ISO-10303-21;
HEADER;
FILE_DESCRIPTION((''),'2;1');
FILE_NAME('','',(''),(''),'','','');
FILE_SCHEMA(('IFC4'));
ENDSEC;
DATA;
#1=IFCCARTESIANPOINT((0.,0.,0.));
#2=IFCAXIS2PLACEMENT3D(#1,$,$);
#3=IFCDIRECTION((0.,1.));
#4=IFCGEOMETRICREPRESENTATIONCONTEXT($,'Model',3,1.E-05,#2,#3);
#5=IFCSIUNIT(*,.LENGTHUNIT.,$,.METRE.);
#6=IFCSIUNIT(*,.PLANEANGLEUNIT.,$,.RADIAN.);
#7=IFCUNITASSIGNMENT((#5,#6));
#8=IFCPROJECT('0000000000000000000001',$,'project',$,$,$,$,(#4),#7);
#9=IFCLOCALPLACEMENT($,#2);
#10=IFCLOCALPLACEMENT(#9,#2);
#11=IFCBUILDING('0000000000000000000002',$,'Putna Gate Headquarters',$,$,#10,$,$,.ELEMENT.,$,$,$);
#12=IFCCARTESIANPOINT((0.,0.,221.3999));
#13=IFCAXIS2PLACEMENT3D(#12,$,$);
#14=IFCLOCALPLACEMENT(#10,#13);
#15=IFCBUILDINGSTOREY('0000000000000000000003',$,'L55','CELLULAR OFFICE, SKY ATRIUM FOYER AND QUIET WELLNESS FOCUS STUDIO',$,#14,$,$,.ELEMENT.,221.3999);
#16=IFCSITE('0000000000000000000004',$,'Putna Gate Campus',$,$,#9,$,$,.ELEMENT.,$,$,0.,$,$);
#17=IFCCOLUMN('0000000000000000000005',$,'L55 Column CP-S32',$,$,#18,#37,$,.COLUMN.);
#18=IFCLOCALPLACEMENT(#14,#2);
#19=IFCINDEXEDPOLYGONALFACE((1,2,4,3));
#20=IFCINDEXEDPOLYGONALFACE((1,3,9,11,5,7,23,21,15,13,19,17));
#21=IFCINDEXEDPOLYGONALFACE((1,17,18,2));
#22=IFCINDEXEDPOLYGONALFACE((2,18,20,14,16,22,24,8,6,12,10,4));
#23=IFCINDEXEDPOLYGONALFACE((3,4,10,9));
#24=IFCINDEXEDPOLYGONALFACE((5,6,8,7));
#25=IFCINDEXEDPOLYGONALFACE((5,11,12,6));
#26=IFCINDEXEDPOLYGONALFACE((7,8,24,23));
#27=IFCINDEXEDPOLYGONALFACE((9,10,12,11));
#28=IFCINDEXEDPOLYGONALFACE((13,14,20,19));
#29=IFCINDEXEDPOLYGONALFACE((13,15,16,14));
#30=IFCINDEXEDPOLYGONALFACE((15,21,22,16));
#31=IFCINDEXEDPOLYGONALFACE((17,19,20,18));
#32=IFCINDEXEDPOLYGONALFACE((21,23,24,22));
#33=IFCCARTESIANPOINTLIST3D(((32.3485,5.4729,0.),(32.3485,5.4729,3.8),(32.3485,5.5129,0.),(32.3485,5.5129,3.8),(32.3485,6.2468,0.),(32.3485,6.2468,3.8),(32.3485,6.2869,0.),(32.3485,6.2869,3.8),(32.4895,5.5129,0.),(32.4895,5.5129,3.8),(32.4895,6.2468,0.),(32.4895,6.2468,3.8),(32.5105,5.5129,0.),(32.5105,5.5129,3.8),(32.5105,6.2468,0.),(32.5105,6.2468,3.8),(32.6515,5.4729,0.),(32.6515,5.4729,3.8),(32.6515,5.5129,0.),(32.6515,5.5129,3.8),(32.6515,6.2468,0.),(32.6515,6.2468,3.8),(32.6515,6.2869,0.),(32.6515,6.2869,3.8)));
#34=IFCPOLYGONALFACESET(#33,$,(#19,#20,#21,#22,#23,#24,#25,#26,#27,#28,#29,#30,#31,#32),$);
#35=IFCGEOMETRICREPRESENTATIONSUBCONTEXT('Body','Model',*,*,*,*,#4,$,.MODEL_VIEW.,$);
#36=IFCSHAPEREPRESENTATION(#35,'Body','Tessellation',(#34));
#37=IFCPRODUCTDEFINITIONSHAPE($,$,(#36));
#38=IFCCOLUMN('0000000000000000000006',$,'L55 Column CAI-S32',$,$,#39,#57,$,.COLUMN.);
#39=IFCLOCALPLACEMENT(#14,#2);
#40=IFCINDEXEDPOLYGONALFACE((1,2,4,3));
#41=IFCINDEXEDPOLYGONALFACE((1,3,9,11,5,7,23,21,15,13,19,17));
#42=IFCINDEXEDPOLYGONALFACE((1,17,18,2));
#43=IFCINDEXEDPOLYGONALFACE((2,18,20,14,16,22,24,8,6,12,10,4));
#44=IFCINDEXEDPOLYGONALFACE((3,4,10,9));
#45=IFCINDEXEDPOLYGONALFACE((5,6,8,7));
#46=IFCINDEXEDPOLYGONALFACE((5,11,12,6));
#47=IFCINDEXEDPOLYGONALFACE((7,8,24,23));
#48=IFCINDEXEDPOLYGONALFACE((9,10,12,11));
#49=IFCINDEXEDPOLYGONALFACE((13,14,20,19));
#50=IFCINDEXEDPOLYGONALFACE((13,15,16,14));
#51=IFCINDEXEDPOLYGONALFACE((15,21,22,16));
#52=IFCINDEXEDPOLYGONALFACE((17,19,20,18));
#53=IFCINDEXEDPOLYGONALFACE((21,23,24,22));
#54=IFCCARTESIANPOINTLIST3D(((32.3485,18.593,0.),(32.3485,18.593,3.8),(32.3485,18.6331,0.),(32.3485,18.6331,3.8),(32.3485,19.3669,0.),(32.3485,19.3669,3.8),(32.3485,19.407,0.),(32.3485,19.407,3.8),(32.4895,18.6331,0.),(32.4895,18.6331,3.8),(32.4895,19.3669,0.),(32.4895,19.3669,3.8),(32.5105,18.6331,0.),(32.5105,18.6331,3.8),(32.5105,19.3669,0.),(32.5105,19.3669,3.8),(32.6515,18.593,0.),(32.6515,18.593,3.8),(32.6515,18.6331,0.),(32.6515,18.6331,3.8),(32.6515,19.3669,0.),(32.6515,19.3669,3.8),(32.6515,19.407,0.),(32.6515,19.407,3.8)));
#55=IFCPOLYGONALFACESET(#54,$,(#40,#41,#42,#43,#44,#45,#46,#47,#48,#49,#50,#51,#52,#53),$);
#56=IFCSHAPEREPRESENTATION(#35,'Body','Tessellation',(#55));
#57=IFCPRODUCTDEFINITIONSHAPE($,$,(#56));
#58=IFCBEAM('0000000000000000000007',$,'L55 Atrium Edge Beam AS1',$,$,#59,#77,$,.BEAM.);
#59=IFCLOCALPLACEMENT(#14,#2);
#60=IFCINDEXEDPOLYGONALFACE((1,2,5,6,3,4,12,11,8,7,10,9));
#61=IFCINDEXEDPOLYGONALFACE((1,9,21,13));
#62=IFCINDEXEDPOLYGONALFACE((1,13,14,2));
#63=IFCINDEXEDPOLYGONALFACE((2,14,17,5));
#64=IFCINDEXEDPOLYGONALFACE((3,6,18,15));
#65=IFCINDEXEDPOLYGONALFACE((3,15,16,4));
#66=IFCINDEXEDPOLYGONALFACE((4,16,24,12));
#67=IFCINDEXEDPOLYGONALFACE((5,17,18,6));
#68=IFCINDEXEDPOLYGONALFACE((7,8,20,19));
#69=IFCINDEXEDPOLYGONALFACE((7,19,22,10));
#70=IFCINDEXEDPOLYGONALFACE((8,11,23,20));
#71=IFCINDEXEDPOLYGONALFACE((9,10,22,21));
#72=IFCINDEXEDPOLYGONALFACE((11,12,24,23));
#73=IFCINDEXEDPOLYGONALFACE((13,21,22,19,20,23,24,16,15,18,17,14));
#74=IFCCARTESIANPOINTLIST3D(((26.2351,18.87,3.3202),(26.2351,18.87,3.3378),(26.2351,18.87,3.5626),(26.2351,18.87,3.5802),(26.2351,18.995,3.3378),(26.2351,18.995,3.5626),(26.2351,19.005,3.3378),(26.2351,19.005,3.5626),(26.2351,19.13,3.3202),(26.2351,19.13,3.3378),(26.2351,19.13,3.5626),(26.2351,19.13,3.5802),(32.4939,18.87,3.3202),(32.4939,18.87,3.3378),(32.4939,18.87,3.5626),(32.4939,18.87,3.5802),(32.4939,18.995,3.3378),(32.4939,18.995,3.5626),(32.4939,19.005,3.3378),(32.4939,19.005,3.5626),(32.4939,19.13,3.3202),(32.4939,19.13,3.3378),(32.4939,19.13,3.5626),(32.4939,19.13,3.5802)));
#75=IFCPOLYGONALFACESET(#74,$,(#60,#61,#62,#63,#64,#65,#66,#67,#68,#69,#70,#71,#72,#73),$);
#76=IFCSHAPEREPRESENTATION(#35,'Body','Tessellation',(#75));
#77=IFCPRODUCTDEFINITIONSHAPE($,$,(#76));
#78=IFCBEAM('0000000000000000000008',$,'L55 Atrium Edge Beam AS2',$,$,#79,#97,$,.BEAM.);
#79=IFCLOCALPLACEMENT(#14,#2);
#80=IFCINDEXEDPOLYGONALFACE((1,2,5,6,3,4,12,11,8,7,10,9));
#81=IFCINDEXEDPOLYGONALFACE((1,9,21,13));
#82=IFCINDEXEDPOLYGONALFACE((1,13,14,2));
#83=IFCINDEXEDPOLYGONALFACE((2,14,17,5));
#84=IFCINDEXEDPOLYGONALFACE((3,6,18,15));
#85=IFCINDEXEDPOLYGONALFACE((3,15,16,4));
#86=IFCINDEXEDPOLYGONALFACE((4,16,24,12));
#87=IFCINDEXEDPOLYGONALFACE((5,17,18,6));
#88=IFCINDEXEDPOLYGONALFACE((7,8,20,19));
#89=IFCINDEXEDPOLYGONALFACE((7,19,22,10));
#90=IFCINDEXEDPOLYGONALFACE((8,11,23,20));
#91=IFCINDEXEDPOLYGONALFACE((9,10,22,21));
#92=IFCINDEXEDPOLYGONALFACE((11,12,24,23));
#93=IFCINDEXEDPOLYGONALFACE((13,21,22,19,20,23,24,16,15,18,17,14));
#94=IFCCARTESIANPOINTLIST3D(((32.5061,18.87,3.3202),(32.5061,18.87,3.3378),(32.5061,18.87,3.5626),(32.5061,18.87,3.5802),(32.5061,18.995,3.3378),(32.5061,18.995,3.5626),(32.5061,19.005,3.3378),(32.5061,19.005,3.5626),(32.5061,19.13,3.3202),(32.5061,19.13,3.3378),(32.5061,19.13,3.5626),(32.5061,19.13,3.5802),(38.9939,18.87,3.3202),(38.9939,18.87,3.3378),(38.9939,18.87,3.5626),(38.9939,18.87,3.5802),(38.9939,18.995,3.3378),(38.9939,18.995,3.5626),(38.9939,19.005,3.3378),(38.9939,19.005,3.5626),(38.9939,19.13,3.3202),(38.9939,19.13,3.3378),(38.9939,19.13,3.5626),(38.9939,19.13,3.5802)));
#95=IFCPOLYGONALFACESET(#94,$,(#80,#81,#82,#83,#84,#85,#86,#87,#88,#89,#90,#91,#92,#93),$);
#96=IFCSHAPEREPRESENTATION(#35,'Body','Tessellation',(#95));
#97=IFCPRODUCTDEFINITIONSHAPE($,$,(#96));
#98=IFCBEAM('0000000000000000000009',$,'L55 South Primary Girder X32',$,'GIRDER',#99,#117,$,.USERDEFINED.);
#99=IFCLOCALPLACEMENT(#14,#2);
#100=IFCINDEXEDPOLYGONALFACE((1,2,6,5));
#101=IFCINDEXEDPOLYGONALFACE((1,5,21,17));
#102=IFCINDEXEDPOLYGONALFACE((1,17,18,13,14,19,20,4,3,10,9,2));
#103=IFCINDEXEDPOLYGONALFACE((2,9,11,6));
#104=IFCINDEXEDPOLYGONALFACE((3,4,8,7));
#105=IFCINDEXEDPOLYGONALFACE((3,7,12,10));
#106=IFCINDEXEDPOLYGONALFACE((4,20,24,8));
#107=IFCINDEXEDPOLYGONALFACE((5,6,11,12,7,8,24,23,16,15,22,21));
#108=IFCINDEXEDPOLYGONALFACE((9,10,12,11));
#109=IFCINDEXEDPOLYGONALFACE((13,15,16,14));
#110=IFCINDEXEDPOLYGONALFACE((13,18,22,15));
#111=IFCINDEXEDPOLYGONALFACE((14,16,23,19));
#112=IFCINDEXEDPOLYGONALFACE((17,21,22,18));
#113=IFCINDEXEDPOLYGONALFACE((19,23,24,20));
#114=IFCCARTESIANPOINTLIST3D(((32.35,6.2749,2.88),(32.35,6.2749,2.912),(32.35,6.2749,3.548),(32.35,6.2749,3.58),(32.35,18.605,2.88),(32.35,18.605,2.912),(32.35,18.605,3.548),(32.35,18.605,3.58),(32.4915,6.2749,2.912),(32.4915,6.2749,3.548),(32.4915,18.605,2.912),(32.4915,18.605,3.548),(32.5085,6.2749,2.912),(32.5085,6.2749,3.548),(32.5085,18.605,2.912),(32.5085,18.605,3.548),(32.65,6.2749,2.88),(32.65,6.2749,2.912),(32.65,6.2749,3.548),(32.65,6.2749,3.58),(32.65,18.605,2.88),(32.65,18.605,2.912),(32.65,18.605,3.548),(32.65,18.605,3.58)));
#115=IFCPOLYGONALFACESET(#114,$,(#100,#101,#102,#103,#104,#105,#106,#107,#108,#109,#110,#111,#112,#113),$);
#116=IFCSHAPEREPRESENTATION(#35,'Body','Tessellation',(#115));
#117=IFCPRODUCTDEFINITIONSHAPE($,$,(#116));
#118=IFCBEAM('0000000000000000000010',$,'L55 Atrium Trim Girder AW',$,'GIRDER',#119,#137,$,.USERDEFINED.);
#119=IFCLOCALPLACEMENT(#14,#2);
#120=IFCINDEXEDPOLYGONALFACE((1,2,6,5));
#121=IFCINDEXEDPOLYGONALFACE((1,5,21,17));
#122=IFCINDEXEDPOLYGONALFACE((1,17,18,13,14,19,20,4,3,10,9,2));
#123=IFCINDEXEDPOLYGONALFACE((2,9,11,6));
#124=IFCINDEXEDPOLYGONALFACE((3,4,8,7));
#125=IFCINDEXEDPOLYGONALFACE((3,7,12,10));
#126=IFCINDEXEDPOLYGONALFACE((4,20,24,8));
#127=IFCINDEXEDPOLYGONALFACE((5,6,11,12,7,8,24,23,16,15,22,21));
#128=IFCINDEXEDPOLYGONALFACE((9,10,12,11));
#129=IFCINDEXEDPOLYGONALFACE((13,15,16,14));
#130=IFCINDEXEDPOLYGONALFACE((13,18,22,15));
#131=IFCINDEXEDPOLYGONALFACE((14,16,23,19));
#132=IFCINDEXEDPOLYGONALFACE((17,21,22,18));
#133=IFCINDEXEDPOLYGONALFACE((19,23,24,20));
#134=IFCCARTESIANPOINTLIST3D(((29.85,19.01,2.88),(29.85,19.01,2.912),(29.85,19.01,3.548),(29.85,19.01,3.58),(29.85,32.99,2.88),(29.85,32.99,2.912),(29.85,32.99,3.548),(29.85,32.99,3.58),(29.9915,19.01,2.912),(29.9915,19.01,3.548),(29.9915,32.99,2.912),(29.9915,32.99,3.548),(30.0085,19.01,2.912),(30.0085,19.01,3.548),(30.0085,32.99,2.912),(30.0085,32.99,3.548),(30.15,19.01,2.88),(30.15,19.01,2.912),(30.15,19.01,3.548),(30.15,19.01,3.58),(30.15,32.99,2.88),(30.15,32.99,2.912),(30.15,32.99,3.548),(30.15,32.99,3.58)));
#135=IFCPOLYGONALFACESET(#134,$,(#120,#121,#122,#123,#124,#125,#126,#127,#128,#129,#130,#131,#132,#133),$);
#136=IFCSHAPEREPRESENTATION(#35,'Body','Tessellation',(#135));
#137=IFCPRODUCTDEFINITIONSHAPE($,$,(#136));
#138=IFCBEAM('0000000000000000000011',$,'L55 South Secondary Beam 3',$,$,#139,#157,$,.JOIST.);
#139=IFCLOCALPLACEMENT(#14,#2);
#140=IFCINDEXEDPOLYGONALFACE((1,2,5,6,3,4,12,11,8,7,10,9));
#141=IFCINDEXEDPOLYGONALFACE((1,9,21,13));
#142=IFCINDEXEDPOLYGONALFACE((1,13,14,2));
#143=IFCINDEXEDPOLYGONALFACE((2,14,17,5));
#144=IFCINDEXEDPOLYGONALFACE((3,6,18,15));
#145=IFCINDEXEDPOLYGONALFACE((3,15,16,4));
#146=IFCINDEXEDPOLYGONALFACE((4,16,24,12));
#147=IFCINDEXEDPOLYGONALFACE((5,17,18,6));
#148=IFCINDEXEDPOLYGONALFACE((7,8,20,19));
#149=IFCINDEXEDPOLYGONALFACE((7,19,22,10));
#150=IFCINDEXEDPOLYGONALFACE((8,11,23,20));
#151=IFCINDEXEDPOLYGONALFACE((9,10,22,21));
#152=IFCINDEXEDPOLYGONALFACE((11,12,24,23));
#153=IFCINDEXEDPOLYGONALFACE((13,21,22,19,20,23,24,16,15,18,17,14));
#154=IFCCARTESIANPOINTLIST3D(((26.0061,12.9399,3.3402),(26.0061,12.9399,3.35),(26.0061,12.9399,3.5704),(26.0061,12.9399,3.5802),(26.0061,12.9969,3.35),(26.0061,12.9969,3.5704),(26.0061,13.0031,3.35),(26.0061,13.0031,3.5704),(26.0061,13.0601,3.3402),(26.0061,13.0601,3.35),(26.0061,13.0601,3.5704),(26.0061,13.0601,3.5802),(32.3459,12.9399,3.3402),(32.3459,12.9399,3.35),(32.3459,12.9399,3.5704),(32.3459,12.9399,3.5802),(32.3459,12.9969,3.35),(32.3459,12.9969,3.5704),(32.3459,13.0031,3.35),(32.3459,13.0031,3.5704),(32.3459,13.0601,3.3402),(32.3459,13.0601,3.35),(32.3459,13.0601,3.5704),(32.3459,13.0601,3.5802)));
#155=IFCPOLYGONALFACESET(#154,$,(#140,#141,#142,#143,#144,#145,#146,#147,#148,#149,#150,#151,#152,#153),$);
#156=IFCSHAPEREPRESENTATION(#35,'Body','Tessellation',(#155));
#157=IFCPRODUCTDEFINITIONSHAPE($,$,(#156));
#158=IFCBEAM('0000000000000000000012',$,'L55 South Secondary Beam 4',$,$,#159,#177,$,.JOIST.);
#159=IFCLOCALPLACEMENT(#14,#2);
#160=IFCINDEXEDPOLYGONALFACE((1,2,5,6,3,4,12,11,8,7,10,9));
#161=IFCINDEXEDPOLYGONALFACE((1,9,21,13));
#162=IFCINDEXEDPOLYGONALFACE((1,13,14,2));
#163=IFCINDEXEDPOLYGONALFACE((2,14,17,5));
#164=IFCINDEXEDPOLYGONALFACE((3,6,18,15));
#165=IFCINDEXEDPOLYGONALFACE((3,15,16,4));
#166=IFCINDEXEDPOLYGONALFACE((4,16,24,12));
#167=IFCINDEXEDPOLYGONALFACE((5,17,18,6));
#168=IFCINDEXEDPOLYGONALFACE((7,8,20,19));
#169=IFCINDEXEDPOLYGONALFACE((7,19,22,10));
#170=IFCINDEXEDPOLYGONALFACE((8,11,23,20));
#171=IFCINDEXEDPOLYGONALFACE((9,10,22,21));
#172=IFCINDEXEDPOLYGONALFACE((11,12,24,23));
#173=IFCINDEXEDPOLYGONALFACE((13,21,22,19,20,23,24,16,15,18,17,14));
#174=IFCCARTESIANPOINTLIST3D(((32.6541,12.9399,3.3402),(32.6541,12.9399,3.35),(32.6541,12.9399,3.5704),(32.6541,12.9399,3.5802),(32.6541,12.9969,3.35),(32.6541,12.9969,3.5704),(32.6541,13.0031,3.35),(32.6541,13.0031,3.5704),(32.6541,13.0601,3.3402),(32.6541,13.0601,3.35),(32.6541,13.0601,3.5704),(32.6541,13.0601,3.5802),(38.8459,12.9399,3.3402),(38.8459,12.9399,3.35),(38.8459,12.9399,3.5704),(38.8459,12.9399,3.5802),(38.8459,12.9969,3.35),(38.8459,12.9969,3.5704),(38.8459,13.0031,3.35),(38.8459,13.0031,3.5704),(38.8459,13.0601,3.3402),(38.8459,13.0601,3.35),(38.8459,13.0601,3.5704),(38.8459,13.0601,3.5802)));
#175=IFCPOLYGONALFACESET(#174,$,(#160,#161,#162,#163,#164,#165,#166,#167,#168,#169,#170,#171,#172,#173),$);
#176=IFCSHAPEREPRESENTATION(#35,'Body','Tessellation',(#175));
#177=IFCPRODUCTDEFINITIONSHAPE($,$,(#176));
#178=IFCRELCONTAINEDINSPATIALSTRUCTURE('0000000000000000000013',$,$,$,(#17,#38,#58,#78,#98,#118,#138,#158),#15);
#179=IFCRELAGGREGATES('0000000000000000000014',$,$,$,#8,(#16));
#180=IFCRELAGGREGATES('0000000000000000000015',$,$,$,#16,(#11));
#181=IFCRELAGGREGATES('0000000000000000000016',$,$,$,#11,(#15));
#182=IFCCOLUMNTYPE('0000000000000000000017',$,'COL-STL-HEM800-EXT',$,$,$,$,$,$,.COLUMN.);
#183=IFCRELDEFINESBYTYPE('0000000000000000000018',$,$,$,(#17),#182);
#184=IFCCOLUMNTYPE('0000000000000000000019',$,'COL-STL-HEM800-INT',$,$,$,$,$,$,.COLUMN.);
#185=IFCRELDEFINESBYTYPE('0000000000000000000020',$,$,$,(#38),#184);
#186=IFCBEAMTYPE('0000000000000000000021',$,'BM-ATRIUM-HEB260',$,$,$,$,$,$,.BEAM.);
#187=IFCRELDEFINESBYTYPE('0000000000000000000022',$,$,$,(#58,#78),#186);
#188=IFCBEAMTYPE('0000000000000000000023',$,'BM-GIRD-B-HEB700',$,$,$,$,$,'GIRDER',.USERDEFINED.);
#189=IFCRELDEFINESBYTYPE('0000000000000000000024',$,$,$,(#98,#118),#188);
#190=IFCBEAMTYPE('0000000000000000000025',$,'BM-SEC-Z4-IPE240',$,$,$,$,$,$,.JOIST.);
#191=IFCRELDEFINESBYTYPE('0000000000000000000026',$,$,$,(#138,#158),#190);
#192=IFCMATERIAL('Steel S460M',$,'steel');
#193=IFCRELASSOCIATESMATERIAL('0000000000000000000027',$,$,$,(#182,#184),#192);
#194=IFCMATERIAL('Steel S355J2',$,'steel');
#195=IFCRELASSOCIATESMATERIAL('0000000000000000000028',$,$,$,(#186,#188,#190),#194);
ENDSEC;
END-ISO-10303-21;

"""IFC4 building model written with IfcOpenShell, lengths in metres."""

from ifc_helpers import new_model, si_unit, direction, frame, origin, origin_2d, place, context, subcontext, project, spatial, i_section, extrude, material, material_profile, profile_set, type_object, element, save


model = new_model("IFC4")

# Units and contexts
model_context = context("Model", 3, precision=1e-05, world=origin(), true_north=direction((0.0, 1.0)))
body_context = subcontext(model_context, "Body", "Model", "MODEL_VIEW")
ifc_project = project(units=[si_unit("LENGTHUNIT", "METRE"), si_unit("PLANEANGLEUNIT", "RADIAN")], contexts=[model_context])

# Site, building, storey
site_placement = place(None, origin())
site = spatial("IfcSite", under=ifc_project, at=site_placement, Name="Putna Gate Campus", CompositionType="ELEMENT", RefElevation=0.0)
building_placement = place(site_placement, origin())
building = spatial("IfcBuilding", under=site, at=building_placement, Name="Putna Gate Headquarters", CompositionType="ELEMENT")
storey_placement = place(building_placement, frame((0.0, 0.0, 221.3999)))
storey = spatial("IfcBuildingStorey", under=building, at=storey_placement, Name="L55", Description="CELLULAR OFFICE, SKY ATRIUM FOYER AND QUIET WELLNESS FOCUS STUDIO", CompositionType="ELEMENT", Elevation=221.3999)

# Columns
ifc_material_1 = material(Name="Steel S460M", Category="steel")
ifc_material_profile_1 = material_profile(ifc_material_1, i_section(OverallWidth=0.303, OverallDepth=0.814, WebThickness=0.021, FlangeThickness=0.04, at=origin_2d()), Name="Steel S460M")
ifc_profile_set_1 = profile_set([ifc_material_profile_1], Name="Steel S460M")
column_type_1 = type_object("IfcColumnType", Name="COL-STL-HEM800-EXT", PredefinedType="COLUMN", material=ifc_profile_set_1)
column_1_placement = place(storey_placement, frame((32.5, 5.8799, 0.0), z_axis=(0.0, 0.0, 1.0), x_axis=(1.0, 0.0, 0.0)))
element("IfcColumn", 1, at=column_1_placement, inside=storey, type_object=column_type_1, Name="L55 Column CP-S32", PredefinedType="COLUMN", context=body_context, shape_type="SweptSolid", body=[
    extrude(i_section(OverallWidth=0.303, OverallDepth=0.814, WebThickness=0.021, FlangeThickness=0.04, at=origin_2d()), origin(), (0.0, 0.0, 1.0), 3.8),
])
ifc_material_profile_2 = material_profile(ifc_material_1, i_section(OverallWidth=0.303, OverallDepth=0.814, WebThickness=0.021, FlangeThickness=0.04, at=origin_2d()), Name="Steel S460M")
ifc_profile_set_2 = profile_set([ifc_material_profile_2], Name="Steel S460M")
column_type_2 = type_object("IfcColumnType", Name="COL-STL-HEM800-INT", PredefinedType="COLUMN", material=ifc_profile_set_2)
column_2_placement = place(storey_placement, frame((32.5, 19.0, 0.0), z_axis=(0.0, 0.0, 1.0), x_axis=(1.0, 0.0, 0.0)))
element("IfcColumn", 2, at=column_2_placement, inside=storey, type_object=column_type_2, Name="L55 Column CAI-S32", PredefinedType="COLUMN", context=body_context, shape_type="SweptSolid", body=[
    extrude(i_section(OverallWidth=0.303, OverallDepth=0.814, WebThickness=0.021, FlangeThickness=0.04, at=origin_2d()), origin(), (0.0, 0.0, 1.0), 3.8),
])

# Beams
ifc_material_2 = material(Name="Steel S355J2", Category="steel")
ifc_material_profile_3 = material_profile(ifc_material_2, i_section(OverallWidth=0.26, OverallDepth=0.26, WebThickness=0.01, FlangeThickness=0.0176, at=origin_2d()), Name="Steel S355J2")
ifc_profile_set_3 = profile_set([ifc_material_profile_3], Name="Steel S355J2")
beam_type_1 = type_object("IfcBeamType", Name="BM-ATRIUM-HEB260", PredefinedType="BEAM", material=ifc_profile_set_3)
beam_1_placement = place(storey_placement, frame((26.2351, 19.0, 3.4502), z_axis=(1.0, 0.0, 0.0), x_axis=(0.0, 1.0, 0.0)))
element("IfcBeam", 3, at=beam_1_placement, inside=storey, type_object=beam_type_1, Name="L55 Atrium Edge Beam AS1", PredefinedType="BEAM", context=body_context, shape_type="SweptSolid", body=[
    extrude(i_section(OverallWidth=0.26, OverallDepth=0.26, WebThickness=0.01, FlangeThickness=0.0176, at=origin_2d()), origin(), (0.0, 0.0, 1.0), 6.2588),
])
beam_2_placement = place(storey_placement, frame((32.5061, 19.0, 3.4502), z_axis=(1.0, 0.0, 0.0), x_axis=(0.0, 1.0, 0.0)))
element("IfcBeam", 4, at=beam_2_placement, inside=storey, type_object=beam_type_1, Name="L55 Atrium Edge Beam AS2", PredefinedType="BEAM", context=body_context, shape_type="SweptSolid", body=[
    extrude(i_section(OverallWidth=0.26, OverallDepth=0.26, WebThickness=0.01, FlangeThickness=0.0176, at=origin_2d()), origin(), (0.0, 0.0, 1.0), 6.4878),
])
ifc_material_profile_4 = material_profile(ifc_material_2, i_section(OverallWidth=0.3, OverallDepth=0.7, WebThickness=0.0171, FlangeThickness=0.032, at=origin_2d()), Name="Steel S355J2")
ifc_profile_set_4 = profile_set([ifc_material_profile_4], Name="Steel S355J2")
beam_type_2 = type_object("IfcBeamType", Name="BM-GIRD-B-HEB700", ElementType="GIRDER", PredefinedType="USERDEFINED", material=ifc_profile_set_4)
beam_3_placement = place(storey_placement, frame((32.5, 6.2749, 3.23), z_axis=(0.0, 1.0, 0.0), x_axis=(-1.0, 0.0, 0.0)))
element("IfcBeam", 5, at=beam_3_placement, inside=storey, type_object=beam_type_2, Name="L55 South Primary Girder X32", ObjectType="GIRDER", PredefinedType="USERDEFINED", context=body_context, shape_type="SweptSolid", body=[
    extrude(i_section(OverallWidth=0.3, OverallDepth=0.7, WebThickness=0.0171, FlangeThickness=0.032, at=origin_2d()), origin(), (0.0, 0.0, 1.0), 12.3301),
])
beam_4_placement = place(storey_placement, frame((30.0, 19.01, 3.23), z_axis=(0.0, 1.0, 0.0), x_axis=(-1.0, 0.0, 0.0)))
element("IfcBeam", 6, at=beam_4_placement, inside=storey, type_object=beam_type_2, Name="L55 Atrium Trim Girder AW", ObjectType="GIRDER", PredefinedType="USERDEFINED", context=body_context, shape_type="SweptSolid", body=[
    extrude(i_section(OverallWidth=0.3, OverallDepth=0.7, WebThickness=0.0171, FlangeThickness=0.032, at=origin_2d()), origin(), (0.0, 0.0, 1.0), 13.98),
])
ifc_material_profile_5 = material_profile(ifc_material_2, i_section(OverallWidth=0.1201, OverallDepth=0.24, WebThickness=0.0061, FlangeThickness=0.0098, at=origin_2d()), Name="Steel S355J2")
ifc_profile_set_5 = profile_set([ifc_material_profile_5], Name="Steel S355J2")
beam_type_3 = type_object("IfcBeamType", Name="BM-SEC-Z4-IPE240", PredefinedType="JOIST", material=ifc_profile_set_5)
beam_5_placement = place(storey_placement, frame((26.0061, 13.0, 3.4602), z_axis=(1.0, 0.0, 0.0), x_axis=(0.0, 1.0, 0.0)))
element("IfcBeam", 7, at=beam_5_placement, inside=storey, type_object=beam_type_3, Name="L55 South Secondary Beam 3", PredefinedType="JOIST", context=body_context, shape_type="SweptSolid", body=[
    extrude(i_section(OverallWidth=0.1201, OverallDepth=0.24, WebThickness=0.0061, FlangeThickness=0.0098, at=origin_2d()), origin(), (0.0, 0.0, 1.0), 6.3398),
])
beam_6_placement = place(storey_placement, frame((32.6541, 13.0, 3.4602), z_axis=(1.0, 0.0, 0.0), x_axis=(0.0, 1.0, 0.0)))
element("IfcBeam", 8, at=beam_6_placement, inside=storey, type_object=beam_type_3, Name="L55 South Secondary Beam 4", PredefinedType="JOIST", context=body_context, shape_type="SweptSolid", body=[
    extrude(i_section(OverallWidth=0.1201, OverallDepth=0.24, WebThickness=0.0061, FlangeThickness=0.0098, at=origin_2d()), origin(), (0.0, 0.0, 1.0), 6.1919),
])

save(model, "model.ifc")
